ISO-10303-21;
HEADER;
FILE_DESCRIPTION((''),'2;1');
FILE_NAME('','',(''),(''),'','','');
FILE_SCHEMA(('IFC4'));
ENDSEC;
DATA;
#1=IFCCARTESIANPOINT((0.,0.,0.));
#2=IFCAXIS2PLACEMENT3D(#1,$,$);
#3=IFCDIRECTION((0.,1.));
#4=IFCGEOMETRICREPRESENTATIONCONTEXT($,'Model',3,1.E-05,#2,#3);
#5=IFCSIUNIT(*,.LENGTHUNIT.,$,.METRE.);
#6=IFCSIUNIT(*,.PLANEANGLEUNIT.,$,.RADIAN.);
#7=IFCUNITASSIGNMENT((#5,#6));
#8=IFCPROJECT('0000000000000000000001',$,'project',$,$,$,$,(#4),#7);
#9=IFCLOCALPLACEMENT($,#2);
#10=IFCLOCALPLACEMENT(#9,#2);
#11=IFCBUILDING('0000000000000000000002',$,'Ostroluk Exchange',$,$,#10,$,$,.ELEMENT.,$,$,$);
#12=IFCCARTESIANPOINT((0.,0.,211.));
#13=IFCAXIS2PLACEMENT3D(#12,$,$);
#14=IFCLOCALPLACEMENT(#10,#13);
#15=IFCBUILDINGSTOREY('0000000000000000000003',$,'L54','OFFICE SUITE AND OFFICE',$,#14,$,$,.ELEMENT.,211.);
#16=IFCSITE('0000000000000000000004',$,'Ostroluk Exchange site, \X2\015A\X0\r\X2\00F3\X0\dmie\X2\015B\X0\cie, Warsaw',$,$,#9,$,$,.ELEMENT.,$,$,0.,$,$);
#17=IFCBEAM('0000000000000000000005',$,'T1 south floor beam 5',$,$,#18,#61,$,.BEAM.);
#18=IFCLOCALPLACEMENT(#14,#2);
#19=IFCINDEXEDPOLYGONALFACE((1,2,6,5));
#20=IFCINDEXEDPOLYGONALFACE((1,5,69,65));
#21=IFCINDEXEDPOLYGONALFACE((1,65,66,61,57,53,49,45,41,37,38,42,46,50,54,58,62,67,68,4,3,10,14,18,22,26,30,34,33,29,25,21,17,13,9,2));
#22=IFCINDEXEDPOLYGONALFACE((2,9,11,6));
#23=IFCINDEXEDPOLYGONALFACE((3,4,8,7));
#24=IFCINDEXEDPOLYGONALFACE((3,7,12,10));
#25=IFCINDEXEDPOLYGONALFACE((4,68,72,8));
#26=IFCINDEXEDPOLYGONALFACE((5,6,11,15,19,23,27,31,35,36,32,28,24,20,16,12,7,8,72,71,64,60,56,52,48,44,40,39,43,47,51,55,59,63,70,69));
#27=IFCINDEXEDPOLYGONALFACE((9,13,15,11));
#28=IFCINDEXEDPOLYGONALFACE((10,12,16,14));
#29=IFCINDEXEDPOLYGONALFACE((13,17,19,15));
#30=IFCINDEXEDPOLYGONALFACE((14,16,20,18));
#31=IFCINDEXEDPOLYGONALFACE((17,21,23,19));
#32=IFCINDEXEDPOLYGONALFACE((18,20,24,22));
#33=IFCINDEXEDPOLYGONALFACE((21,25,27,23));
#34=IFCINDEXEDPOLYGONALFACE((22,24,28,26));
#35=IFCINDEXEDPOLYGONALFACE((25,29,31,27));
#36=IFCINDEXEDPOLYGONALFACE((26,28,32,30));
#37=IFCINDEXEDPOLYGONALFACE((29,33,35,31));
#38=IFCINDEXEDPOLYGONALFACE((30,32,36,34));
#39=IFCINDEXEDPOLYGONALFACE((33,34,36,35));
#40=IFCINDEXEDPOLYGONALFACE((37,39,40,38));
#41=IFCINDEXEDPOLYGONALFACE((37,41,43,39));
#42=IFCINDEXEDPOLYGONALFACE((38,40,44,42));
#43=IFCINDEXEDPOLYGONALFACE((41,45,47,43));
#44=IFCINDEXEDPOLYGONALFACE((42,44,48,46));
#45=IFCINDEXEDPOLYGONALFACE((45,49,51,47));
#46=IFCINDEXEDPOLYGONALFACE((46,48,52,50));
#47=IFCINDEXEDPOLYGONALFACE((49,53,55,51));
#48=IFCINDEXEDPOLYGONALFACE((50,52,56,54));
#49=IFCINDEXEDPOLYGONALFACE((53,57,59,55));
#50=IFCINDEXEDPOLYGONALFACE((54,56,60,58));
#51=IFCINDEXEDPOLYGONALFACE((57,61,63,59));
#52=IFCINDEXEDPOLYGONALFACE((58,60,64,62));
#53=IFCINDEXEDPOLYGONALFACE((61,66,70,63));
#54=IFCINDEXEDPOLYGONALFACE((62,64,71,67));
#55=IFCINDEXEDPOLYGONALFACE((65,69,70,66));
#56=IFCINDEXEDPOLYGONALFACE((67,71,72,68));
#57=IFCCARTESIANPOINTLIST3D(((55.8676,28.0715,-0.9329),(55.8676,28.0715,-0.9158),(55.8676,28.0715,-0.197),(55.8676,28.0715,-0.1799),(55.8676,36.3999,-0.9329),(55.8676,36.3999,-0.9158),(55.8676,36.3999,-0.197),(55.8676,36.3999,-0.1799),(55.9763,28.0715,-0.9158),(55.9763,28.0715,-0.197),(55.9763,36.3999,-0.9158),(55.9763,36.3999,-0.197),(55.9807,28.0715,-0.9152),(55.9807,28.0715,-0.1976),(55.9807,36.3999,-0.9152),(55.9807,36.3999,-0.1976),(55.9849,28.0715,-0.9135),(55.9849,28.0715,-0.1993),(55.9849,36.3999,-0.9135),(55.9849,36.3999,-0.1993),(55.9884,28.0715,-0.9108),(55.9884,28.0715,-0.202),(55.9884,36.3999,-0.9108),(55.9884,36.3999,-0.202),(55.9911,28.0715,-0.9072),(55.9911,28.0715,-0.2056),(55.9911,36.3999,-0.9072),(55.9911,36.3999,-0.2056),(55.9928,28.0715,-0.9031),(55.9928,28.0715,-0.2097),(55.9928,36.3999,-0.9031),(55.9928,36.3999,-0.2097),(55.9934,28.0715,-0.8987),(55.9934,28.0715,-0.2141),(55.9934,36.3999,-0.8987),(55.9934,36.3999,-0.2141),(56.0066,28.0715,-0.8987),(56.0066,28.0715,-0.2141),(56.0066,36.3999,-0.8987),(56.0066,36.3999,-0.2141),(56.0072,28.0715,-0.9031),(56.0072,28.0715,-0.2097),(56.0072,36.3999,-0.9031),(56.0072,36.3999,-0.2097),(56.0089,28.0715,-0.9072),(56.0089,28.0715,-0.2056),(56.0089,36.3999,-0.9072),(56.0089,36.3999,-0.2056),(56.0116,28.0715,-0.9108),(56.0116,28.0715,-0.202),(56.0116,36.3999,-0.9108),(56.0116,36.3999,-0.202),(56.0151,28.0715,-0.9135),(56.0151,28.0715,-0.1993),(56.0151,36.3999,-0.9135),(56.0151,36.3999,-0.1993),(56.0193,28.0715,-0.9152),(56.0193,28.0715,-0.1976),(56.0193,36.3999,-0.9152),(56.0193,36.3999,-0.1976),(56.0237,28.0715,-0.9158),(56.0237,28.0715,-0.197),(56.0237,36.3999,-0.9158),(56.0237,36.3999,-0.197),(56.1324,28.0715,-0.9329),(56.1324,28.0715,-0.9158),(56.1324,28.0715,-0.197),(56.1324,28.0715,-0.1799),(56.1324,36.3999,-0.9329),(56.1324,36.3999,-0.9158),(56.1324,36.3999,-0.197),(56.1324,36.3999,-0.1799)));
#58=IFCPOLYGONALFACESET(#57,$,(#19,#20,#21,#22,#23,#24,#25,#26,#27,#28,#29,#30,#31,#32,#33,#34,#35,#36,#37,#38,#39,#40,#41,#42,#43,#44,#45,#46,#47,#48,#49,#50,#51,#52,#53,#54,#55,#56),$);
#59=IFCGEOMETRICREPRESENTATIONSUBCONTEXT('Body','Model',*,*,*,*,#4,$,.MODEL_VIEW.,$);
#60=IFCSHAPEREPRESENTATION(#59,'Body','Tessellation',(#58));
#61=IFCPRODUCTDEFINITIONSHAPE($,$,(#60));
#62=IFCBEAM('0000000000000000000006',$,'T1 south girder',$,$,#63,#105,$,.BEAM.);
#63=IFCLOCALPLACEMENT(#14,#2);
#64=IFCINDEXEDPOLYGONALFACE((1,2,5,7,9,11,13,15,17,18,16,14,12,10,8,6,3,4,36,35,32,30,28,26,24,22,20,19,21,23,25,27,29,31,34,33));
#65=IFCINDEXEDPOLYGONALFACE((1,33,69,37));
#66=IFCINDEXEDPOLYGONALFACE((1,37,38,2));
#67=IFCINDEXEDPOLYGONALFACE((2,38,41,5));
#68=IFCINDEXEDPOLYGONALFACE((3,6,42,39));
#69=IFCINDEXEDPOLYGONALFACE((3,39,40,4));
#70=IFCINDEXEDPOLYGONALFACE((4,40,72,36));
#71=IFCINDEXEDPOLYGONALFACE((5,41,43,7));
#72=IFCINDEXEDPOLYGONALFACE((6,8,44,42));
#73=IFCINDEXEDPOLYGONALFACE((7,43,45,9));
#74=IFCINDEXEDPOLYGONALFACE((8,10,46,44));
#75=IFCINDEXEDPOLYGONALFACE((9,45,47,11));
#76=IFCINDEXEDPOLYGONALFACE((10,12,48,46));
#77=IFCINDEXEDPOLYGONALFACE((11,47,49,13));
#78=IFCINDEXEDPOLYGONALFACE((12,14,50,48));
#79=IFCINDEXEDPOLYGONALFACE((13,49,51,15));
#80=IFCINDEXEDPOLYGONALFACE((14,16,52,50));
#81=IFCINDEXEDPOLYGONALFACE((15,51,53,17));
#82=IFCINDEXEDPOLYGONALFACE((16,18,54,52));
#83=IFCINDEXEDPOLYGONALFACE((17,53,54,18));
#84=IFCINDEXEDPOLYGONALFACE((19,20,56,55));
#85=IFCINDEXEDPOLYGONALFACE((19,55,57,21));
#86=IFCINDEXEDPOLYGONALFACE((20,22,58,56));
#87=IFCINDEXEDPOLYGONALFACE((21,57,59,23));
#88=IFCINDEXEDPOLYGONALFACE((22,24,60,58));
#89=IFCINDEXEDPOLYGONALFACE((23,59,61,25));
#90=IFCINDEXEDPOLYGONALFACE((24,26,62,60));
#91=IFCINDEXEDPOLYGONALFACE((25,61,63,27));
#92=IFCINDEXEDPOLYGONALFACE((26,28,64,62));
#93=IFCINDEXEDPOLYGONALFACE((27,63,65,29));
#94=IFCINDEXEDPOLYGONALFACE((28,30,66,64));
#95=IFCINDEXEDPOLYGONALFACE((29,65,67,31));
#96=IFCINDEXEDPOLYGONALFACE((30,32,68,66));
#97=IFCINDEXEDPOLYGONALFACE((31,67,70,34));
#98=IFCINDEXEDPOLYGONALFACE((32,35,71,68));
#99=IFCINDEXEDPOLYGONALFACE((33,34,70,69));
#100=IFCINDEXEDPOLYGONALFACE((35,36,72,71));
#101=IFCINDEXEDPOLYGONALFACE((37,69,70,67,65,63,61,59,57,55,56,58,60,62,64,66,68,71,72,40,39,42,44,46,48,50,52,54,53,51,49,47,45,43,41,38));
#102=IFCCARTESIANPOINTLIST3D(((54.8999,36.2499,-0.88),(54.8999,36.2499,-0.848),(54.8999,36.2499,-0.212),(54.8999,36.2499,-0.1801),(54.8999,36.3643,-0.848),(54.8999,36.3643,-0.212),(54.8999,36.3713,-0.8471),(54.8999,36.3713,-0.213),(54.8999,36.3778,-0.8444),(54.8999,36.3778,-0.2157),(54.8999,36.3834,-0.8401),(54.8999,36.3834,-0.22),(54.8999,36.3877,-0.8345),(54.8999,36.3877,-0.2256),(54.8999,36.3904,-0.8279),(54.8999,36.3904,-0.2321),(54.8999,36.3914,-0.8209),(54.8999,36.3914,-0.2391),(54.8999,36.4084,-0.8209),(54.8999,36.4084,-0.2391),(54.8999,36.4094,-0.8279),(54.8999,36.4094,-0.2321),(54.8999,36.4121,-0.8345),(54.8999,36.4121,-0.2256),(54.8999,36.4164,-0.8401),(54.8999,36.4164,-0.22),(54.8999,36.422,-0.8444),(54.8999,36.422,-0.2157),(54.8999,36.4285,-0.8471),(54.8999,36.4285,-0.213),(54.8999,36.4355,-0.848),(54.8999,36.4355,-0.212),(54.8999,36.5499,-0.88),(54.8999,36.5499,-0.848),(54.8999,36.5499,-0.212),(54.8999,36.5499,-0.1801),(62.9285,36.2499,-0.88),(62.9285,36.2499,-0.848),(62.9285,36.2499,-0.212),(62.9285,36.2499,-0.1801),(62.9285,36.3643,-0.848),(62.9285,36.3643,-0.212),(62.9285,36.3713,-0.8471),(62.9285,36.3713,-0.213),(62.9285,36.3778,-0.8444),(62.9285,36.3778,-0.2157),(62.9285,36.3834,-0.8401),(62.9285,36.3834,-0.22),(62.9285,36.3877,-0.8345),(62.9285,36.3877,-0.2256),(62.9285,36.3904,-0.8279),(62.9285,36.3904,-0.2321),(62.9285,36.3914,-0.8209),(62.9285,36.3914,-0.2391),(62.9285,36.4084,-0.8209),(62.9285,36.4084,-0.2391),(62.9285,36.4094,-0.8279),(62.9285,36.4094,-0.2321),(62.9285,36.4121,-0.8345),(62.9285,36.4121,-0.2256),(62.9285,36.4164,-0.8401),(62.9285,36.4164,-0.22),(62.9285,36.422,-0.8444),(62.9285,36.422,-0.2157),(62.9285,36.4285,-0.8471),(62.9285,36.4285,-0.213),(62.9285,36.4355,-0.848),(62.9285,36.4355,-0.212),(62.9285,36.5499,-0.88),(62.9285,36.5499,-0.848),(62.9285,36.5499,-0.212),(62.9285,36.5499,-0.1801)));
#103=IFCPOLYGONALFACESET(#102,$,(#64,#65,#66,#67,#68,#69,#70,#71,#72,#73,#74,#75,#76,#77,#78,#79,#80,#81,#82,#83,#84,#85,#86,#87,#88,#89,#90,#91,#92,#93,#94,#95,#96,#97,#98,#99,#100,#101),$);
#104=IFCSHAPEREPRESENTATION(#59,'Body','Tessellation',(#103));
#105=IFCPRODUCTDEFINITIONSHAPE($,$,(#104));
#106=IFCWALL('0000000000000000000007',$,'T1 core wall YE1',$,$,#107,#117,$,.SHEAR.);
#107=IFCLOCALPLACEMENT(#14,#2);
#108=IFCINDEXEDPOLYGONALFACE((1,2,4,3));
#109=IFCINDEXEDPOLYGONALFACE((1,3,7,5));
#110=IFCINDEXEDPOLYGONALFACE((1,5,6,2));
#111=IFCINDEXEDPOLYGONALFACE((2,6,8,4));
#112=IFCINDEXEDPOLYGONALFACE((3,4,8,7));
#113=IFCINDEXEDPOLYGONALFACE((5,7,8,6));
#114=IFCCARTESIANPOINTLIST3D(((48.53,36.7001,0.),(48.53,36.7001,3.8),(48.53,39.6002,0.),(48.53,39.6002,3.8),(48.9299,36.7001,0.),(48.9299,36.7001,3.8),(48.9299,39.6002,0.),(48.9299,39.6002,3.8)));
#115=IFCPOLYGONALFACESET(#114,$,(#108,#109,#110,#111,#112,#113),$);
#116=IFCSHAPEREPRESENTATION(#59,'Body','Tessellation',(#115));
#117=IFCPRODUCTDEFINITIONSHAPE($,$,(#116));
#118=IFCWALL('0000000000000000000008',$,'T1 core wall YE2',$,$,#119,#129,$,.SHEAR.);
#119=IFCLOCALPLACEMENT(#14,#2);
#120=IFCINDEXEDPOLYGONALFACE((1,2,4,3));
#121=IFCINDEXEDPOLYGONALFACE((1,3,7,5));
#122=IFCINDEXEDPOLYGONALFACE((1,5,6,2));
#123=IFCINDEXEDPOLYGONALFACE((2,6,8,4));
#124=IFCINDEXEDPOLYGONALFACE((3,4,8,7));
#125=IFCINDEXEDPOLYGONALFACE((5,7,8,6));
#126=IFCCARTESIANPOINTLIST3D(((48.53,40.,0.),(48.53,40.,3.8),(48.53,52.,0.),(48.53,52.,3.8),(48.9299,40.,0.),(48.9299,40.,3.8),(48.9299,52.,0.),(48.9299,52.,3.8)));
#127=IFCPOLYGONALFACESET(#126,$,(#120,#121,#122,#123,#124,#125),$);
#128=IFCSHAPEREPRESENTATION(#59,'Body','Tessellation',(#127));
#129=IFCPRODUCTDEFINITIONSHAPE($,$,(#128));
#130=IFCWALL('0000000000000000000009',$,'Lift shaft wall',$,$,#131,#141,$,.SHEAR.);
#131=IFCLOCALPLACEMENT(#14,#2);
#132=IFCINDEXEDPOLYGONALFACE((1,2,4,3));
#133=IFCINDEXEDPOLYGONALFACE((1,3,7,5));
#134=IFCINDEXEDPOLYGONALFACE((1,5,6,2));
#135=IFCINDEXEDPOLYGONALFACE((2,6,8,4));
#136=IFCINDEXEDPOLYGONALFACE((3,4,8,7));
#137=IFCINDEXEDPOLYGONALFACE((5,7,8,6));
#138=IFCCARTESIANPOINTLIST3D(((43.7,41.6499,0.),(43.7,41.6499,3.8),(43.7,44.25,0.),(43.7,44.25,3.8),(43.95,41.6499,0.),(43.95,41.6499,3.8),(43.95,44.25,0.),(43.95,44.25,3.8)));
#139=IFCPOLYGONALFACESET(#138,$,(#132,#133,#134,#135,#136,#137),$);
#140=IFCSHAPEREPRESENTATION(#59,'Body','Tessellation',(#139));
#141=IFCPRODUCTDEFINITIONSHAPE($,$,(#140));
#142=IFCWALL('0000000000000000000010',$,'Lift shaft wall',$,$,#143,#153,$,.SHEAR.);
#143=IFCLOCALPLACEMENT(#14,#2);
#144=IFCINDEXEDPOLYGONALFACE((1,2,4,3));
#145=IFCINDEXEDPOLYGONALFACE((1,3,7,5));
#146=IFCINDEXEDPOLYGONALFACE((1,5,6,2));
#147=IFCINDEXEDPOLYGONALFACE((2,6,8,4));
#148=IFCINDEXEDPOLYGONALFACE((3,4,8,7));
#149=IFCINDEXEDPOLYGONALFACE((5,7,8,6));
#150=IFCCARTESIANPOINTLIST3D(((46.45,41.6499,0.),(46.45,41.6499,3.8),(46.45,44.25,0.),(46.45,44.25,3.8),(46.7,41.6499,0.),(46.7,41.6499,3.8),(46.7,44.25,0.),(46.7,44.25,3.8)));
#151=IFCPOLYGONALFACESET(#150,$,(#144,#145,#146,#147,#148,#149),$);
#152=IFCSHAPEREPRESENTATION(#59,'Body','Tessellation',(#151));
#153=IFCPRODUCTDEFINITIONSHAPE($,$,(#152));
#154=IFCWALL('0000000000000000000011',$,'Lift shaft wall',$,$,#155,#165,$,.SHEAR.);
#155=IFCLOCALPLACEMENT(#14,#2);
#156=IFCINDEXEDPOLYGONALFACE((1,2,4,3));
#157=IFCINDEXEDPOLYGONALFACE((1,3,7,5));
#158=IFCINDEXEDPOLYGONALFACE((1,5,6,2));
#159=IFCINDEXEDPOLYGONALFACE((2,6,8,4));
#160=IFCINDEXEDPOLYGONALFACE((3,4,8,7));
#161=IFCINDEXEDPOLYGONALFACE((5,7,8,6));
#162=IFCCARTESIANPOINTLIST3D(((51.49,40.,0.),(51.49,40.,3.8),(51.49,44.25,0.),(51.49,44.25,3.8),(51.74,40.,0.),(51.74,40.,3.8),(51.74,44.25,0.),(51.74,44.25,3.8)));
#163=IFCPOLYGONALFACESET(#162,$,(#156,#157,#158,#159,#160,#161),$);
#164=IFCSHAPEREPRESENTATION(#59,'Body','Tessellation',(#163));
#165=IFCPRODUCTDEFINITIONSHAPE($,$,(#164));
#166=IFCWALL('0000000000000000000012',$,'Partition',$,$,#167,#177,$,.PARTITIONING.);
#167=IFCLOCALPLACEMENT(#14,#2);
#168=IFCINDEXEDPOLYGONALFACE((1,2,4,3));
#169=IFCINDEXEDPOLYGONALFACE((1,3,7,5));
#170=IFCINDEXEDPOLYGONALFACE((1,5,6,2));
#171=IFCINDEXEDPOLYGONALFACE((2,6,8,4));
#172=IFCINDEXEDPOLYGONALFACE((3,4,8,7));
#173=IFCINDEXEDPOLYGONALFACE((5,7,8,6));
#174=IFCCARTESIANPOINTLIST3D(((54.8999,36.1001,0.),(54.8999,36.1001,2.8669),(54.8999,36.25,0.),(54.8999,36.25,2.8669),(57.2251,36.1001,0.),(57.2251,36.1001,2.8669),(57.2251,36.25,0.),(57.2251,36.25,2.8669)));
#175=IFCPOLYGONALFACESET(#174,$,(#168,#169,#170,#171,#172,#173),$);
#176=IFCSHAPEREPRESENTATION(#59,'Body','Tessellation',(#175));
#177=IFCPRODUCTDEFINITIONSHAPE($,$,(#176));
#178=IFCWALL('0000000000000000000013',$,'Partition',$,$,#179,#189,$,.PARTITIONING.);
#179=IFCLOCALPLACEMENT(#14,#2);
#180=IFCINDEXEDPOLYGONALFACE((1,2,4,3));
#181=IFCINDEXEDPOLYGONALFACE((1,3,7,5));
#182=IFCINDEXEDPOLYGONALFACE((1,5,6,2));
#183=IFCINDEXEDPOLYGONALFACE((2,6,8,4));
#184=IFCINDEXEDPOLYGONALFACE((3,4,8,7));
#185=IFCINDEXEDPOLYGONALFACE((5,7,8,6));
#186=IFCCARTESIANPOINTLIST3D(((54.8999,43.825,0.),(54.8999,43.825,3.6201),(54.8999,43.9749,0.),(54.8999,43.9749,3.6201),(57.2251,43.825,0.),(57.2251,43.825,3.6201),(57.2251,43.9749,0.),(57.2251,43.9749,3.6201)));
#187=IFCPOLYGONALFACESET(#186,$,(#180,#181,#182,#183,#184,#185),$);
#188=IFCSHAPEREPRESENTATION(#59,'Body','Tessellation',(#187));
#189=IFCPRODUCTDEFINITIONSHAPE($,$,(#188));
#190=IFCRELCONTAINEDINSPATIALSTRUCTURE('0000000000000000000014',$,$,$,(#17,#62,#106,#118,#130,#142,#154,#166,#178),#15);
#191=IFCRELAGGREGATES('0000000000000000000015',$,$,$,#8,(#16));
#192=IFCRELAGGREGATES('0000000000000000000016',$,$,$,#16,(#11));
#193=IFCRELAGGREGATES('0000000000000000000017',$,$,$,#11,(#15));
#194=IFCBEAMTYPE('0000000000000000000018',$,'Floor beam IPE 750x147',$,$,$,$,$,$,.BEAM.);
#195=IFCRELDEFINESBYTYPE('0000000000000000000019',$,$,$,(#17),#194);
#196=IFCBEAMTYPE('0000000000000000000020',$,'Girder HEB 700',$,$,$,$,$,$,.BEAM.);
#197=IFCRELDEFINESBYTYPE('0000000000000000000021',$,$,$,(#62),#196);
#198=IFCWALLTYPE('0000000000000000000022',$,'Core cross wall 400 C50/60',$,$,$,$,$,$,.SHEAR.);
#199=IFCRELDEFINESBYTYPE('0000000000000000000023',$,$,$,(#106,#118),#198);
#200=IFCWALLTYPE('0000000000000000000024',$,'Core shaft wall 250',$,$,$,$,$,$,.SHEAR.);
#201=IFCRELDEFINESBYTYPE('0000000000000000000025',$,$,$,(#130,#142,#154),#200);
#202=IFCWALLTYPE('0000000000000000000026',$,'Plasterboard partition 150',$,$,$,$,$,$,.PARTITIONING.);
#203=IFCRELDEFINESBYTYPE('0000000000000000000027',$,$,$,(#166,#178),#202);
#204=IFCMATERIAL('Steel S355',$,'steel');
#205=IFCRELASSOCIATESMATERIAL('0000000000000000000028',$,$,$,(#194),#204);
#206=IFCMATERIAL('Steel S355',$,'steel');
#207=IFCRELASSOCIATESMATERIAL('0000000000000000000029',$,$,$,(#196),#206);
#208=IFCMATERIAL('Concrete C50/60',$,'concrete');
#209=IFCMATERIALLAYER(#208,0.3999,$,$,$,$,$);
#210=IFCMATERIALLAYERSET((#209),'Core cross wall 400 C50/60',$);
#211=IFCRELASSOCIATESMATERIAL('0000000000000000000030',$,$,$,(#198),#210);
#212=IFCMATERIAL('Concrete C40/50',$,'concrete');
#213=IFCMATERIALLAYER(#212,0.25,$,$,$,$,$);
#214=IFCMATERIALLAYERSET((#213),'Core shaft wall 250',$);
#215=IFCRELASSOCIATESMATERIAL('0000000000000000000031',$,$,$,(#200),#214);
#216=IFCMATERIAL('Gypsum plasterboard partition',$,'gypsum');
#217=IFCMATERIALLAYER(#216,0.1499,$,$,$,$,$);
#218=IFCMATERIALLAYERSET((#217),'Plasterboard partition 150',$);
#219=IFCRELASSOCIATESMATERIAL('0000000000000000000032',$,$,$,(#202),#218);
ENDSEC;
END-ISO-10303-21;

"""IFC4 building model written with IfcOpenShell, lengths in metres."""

from ifc_helpers import new_model, si_unit, direction, frame, frame_2d, origin, origin_2d, place, context, subcontext, project, spatial, rectangle, i_section, extrude, material, layer, layer_set, material_profile, profile_set, type_object, element, save


model = new_model("IFC4")

# Units and contexts
model_context = context("Model", 3, precision=1e-05, world=origin(), true_north=direction((0.0, 1.0)))
body_context = subcontext(model_context, "Body", "Model", "MODEL_VIEW")
ifc_project = project(units=[si_unit("LENGTHUNIT", "METRE"), si_unit("PLANEANGLEUNIT", "RADIAN")], contexts=[model_context])

# Site, building, storey
site_placement = place(None, origin())
site = spatial("IfcSite", under=ifc_project, at=site_placement, Name="Ostroluk Exchange site, Śródmieście, Warsaw", CompositionType="ELEMENT", RefElevation=0.0)
building_placement = place(site_placement, origin())
building = spatial("IfcBuilding", under=site, at=building_placement, Name="Ostroluk Exchange", CompositionType="ELEMENT")
storey_placement = place(building_placement, frame((0.0, 0.0, 211.0)))
storey = spatial("IfcBuildingStorey", under=building, at=storey_placement, Name="L54", Description="OFFICE SUITE AND OFFICE", CompositionType="ELEMENT", Elevation=211.0)

# Beams
ifc_material_1 = material(Name="Steel S355", Category="steel")
ifc_material_profile_1 = material_profile(ifc_material_1, i_section(OverallWidth=0.2649, OverallDepth=0.7529, WebThickness=0.0132, FlangeThickness=0.0171, FilletRadius=0.0171, at=origin_2d()), Name="IPE 750x147")
ifc_profile_set_1 = profile_set([ifc_material_profile_1], Name="Steel S355")
beam_type_1 = type_object("IfcBeamType", Name="Floor beam IPE 750x147", PredefinedType="BEAM", material=ifc_profile_set_1)
beam_1_placement = place(storey_placement, frame((56.0, 36.3999, -0.5564), z_axis=(0.0, -1.0, 0.0), x_axis=(1.0, 0.0, 0.0)))
element("IfcBeam", 1, at=beam_1_placement, inside=storey, type_object=beam_type_1, Name="T1 south floor beam 5", PredefinedType="BEAM", context=body_context, shape_type="SweptSolid", body=[
    extrude(i_section(OverallWidth=0.2649, OverallDepth=0.7529, WebThickness=0.0132, FlangeThickness=0.0171, FilletRadius=0.0171, at=origin_2d()), origin(), (0.0, 0.0, 1.0), 8.3284),
])
ifc_material_2 = material(Name="Steel S355", Category="steel")
ifc_material_profile_2 = material_profile(ifc_material_2, i_section(OverallWidth=0.3, OverallDepth=0.7, WebThickness=0.0171, FlangeThickness=0.032, FilletRadius=0.0271, at=origin_2d()), Name="HEB 700")
ifc_profile_set_2 = profile_set([ifc_material_profile_2], Name="Steel S355")
beam_type_2 = type_object("IfcBeamType", Name="Girder HEB 700", PredefinedType="BEAM", material=ifc_profile_set_2)
beam_2_placement = place(storey_placement, frame((54.8999, 36.3999, -0.53), z_axis=(1.0, 0.0, 0.0), x_axis=(0.0, 1.0, 0.0)))
element("IfcBeam", 2, at=beam_2_placement, inside=storey, type_object=beam_type_2, Name="T1 south girder", PredefinedType="BEAM", context=body_context, shape_type="SweptSolid", body=[
    extrude(i_section(OverallWidth=0.3, OverallDepth=0.7, WebThickness=0.0171, FlangeThickness=0.032, FilletRadius=0.0271, at=origin_2d()), origin(), (0.0, 0.0, 1.0), 8.0286),
])

# Walls
ifc_material_3 = material(Name="Concrete C50/60", Category="concrete")
ifc_layer_1 = layer(ifc_material_3, 0.3999)
ifc_layer_set_1 = layer_set([ifc_layer_1], Name="Core cross wall 400 C50/60")
wall_type_1 = type_object("IfcWallType", Name="Core cross wall 400 C50/60", PredefinedType="SHEAR", material=ifc_layer_set_1)
wall_1_placement = place(storey_placement, frame((48.73, 36.7, 0.0), z_axis=(0.0, 0.0, 1.0), x_axis=(0.0, 1.0, 0.0)))
element("IfcWall", 3, at=wall_1_placement, inside=storey, type_object=wall_type_1, Name="T1 core wall YE1", PredefinedType="SHEAR", context=body_context, shape_type="SweptSolid", body=[
    extrude(rectangle(XDim=2.9001, YDim=0.3999, at=frame_2d((1.4502, 0.0))), origin(), (0.0, 0.0, 1.0), 3.8),
])
wall_2_placement = place(storey_placement, frame((48.73, 40.0, 0.0), z_axis=(0.0, 0.0, 1.0), x_axis=(0.0, 1.0, 0.0)))
element("IfcWall", 4, at=wall_2_placement, inside=storey, type_object=wall_type_1, Name="T1 core wall YE2", PredefinedType="SHEAR", context=body_context, shape_type="SweptSolid", body=[
    extrude(rectangle(XDim=12.0, YDim=0.3999, at=frame_2d((6.0, 0.0))), origin(), (0.0, 0.0, 1.0), 3.8),
])

# Shared definitions
ifc_material_4 = material(Name="Concrete C40/50", Category="concrete")
ifc_layer_2 = layer(ifc_material_4, 0.25)
ifc_layer_set_2 = layer_set([ifc_layer_2], Name="Core shaft wall 250")
wall_type_2 = type_object("IfcWallType", Name="Core shaft wall 250", PredefinedType="SHEAR", material=ifc_layer_set_2)

# Walls
for number, where, z_axis, x_axis, name in (
    (5, (43.825, 44.25, 0.0), (0.0, 0.0, 1.0), (0.0, -1.0, 0.0), "Lift shaft wall"),
    (6, (46.575, 44.25, 0.0), (0.0, 0.0, 1.0), (0.0, -1.0, 0.0), "Lift shaft wall"),
):
    element("IfcWall", number, at=place(storey_placement, frame(where, z_axis=z_axis, x_axis=x_axis)), inside=storey, type_object=wall_type_2, Name=name, PredefinedType="SHEAR", context=body_context, shape_type="SweptSolid", body=[
        extrude(rectangle(XDim=2.6001, YDim=0.25, at=frame_2d((1.3, 0.0))), origin(), (0.0, 0.0, 1.0), 3.8),
    ])
wall_3_placement = place(storey_placement, frame((51.615, 44.25, 0.0), z_axis=(0.0, 0.0, 1.0), x_axis=(0.0, -1.0, 0.0)))
element("IfcWall", 7, at=wall_3_placement, inside=storey, type_object=wall_type_2, Name="Lift shaft wall", PredefinedType="SHEAR", context=body_context, shape_type="SweptSolid", body=[
    extrude(rectangle(XDim=4.25, YDim=0.25, at=frame_2d((2.125, 0.0))), origin(), (0.0, 0.0, 1.0), 3.8),
])

# Walls
ifc_material_5 = material(Name="Gypsum plasterboard partition", Category="gypsum")
ifc_layer_3 = layer(ifc_material_5, 0.1499)
ifc_layer_set_3 = layer_set([ifc_layer_3], Name="Plasterboard partition 150")
wall_type_3 = type_object("IfcWallType", Name="Plasterboard partition 150", PredefinedType="PARTITIONING", material=ifc_layer_set_3)
wall_4_placement = place(storey_placement, frame((54.8999, 36.175, 0.0), z_axis=(0.0, 0.0, 1.0), x_axis=(1.0, 0.0, 0.0)))
element("IfcWall", 8, at=wall_4_placement, inside=storey, type_object=wall_type_3, Name="Partition", PredefinedType="PARTITIONING", context=body_context, shape_type="SweptSolid", body=[
    extrude(rectangle(XDim=2.3252, YDim=0.1499, at=frame_2d((1.1626, 0.0))), origin(), (0.0, 0.0, 1.0), 2.8669),
])
for number, where, z_axis, x_axis, name in (
    (9, (54.8999, 43.8999, 0.0), (0.0, 0.0, 1.0), (1.0, 0.0, 0.0), "Partition"),
):
    element("IfcWall", number, at=place(storey_placement, frame(where, z_axis=z_axis, x_axis=x_axis)), inside=storey, type_object=wall_type_3, Name=name, PredefinedType="PARTITIONING", context=body_context, shape_type="SweptSolid", body=[
        extrude(rectangle(XDim=2.3252, YDim=0.1499, at=frame_2d((1.1626, 0.0))), origin(), (0.0, 0.0, 1.0), 3.6201),
    ])

save(model, "model.ifc")
